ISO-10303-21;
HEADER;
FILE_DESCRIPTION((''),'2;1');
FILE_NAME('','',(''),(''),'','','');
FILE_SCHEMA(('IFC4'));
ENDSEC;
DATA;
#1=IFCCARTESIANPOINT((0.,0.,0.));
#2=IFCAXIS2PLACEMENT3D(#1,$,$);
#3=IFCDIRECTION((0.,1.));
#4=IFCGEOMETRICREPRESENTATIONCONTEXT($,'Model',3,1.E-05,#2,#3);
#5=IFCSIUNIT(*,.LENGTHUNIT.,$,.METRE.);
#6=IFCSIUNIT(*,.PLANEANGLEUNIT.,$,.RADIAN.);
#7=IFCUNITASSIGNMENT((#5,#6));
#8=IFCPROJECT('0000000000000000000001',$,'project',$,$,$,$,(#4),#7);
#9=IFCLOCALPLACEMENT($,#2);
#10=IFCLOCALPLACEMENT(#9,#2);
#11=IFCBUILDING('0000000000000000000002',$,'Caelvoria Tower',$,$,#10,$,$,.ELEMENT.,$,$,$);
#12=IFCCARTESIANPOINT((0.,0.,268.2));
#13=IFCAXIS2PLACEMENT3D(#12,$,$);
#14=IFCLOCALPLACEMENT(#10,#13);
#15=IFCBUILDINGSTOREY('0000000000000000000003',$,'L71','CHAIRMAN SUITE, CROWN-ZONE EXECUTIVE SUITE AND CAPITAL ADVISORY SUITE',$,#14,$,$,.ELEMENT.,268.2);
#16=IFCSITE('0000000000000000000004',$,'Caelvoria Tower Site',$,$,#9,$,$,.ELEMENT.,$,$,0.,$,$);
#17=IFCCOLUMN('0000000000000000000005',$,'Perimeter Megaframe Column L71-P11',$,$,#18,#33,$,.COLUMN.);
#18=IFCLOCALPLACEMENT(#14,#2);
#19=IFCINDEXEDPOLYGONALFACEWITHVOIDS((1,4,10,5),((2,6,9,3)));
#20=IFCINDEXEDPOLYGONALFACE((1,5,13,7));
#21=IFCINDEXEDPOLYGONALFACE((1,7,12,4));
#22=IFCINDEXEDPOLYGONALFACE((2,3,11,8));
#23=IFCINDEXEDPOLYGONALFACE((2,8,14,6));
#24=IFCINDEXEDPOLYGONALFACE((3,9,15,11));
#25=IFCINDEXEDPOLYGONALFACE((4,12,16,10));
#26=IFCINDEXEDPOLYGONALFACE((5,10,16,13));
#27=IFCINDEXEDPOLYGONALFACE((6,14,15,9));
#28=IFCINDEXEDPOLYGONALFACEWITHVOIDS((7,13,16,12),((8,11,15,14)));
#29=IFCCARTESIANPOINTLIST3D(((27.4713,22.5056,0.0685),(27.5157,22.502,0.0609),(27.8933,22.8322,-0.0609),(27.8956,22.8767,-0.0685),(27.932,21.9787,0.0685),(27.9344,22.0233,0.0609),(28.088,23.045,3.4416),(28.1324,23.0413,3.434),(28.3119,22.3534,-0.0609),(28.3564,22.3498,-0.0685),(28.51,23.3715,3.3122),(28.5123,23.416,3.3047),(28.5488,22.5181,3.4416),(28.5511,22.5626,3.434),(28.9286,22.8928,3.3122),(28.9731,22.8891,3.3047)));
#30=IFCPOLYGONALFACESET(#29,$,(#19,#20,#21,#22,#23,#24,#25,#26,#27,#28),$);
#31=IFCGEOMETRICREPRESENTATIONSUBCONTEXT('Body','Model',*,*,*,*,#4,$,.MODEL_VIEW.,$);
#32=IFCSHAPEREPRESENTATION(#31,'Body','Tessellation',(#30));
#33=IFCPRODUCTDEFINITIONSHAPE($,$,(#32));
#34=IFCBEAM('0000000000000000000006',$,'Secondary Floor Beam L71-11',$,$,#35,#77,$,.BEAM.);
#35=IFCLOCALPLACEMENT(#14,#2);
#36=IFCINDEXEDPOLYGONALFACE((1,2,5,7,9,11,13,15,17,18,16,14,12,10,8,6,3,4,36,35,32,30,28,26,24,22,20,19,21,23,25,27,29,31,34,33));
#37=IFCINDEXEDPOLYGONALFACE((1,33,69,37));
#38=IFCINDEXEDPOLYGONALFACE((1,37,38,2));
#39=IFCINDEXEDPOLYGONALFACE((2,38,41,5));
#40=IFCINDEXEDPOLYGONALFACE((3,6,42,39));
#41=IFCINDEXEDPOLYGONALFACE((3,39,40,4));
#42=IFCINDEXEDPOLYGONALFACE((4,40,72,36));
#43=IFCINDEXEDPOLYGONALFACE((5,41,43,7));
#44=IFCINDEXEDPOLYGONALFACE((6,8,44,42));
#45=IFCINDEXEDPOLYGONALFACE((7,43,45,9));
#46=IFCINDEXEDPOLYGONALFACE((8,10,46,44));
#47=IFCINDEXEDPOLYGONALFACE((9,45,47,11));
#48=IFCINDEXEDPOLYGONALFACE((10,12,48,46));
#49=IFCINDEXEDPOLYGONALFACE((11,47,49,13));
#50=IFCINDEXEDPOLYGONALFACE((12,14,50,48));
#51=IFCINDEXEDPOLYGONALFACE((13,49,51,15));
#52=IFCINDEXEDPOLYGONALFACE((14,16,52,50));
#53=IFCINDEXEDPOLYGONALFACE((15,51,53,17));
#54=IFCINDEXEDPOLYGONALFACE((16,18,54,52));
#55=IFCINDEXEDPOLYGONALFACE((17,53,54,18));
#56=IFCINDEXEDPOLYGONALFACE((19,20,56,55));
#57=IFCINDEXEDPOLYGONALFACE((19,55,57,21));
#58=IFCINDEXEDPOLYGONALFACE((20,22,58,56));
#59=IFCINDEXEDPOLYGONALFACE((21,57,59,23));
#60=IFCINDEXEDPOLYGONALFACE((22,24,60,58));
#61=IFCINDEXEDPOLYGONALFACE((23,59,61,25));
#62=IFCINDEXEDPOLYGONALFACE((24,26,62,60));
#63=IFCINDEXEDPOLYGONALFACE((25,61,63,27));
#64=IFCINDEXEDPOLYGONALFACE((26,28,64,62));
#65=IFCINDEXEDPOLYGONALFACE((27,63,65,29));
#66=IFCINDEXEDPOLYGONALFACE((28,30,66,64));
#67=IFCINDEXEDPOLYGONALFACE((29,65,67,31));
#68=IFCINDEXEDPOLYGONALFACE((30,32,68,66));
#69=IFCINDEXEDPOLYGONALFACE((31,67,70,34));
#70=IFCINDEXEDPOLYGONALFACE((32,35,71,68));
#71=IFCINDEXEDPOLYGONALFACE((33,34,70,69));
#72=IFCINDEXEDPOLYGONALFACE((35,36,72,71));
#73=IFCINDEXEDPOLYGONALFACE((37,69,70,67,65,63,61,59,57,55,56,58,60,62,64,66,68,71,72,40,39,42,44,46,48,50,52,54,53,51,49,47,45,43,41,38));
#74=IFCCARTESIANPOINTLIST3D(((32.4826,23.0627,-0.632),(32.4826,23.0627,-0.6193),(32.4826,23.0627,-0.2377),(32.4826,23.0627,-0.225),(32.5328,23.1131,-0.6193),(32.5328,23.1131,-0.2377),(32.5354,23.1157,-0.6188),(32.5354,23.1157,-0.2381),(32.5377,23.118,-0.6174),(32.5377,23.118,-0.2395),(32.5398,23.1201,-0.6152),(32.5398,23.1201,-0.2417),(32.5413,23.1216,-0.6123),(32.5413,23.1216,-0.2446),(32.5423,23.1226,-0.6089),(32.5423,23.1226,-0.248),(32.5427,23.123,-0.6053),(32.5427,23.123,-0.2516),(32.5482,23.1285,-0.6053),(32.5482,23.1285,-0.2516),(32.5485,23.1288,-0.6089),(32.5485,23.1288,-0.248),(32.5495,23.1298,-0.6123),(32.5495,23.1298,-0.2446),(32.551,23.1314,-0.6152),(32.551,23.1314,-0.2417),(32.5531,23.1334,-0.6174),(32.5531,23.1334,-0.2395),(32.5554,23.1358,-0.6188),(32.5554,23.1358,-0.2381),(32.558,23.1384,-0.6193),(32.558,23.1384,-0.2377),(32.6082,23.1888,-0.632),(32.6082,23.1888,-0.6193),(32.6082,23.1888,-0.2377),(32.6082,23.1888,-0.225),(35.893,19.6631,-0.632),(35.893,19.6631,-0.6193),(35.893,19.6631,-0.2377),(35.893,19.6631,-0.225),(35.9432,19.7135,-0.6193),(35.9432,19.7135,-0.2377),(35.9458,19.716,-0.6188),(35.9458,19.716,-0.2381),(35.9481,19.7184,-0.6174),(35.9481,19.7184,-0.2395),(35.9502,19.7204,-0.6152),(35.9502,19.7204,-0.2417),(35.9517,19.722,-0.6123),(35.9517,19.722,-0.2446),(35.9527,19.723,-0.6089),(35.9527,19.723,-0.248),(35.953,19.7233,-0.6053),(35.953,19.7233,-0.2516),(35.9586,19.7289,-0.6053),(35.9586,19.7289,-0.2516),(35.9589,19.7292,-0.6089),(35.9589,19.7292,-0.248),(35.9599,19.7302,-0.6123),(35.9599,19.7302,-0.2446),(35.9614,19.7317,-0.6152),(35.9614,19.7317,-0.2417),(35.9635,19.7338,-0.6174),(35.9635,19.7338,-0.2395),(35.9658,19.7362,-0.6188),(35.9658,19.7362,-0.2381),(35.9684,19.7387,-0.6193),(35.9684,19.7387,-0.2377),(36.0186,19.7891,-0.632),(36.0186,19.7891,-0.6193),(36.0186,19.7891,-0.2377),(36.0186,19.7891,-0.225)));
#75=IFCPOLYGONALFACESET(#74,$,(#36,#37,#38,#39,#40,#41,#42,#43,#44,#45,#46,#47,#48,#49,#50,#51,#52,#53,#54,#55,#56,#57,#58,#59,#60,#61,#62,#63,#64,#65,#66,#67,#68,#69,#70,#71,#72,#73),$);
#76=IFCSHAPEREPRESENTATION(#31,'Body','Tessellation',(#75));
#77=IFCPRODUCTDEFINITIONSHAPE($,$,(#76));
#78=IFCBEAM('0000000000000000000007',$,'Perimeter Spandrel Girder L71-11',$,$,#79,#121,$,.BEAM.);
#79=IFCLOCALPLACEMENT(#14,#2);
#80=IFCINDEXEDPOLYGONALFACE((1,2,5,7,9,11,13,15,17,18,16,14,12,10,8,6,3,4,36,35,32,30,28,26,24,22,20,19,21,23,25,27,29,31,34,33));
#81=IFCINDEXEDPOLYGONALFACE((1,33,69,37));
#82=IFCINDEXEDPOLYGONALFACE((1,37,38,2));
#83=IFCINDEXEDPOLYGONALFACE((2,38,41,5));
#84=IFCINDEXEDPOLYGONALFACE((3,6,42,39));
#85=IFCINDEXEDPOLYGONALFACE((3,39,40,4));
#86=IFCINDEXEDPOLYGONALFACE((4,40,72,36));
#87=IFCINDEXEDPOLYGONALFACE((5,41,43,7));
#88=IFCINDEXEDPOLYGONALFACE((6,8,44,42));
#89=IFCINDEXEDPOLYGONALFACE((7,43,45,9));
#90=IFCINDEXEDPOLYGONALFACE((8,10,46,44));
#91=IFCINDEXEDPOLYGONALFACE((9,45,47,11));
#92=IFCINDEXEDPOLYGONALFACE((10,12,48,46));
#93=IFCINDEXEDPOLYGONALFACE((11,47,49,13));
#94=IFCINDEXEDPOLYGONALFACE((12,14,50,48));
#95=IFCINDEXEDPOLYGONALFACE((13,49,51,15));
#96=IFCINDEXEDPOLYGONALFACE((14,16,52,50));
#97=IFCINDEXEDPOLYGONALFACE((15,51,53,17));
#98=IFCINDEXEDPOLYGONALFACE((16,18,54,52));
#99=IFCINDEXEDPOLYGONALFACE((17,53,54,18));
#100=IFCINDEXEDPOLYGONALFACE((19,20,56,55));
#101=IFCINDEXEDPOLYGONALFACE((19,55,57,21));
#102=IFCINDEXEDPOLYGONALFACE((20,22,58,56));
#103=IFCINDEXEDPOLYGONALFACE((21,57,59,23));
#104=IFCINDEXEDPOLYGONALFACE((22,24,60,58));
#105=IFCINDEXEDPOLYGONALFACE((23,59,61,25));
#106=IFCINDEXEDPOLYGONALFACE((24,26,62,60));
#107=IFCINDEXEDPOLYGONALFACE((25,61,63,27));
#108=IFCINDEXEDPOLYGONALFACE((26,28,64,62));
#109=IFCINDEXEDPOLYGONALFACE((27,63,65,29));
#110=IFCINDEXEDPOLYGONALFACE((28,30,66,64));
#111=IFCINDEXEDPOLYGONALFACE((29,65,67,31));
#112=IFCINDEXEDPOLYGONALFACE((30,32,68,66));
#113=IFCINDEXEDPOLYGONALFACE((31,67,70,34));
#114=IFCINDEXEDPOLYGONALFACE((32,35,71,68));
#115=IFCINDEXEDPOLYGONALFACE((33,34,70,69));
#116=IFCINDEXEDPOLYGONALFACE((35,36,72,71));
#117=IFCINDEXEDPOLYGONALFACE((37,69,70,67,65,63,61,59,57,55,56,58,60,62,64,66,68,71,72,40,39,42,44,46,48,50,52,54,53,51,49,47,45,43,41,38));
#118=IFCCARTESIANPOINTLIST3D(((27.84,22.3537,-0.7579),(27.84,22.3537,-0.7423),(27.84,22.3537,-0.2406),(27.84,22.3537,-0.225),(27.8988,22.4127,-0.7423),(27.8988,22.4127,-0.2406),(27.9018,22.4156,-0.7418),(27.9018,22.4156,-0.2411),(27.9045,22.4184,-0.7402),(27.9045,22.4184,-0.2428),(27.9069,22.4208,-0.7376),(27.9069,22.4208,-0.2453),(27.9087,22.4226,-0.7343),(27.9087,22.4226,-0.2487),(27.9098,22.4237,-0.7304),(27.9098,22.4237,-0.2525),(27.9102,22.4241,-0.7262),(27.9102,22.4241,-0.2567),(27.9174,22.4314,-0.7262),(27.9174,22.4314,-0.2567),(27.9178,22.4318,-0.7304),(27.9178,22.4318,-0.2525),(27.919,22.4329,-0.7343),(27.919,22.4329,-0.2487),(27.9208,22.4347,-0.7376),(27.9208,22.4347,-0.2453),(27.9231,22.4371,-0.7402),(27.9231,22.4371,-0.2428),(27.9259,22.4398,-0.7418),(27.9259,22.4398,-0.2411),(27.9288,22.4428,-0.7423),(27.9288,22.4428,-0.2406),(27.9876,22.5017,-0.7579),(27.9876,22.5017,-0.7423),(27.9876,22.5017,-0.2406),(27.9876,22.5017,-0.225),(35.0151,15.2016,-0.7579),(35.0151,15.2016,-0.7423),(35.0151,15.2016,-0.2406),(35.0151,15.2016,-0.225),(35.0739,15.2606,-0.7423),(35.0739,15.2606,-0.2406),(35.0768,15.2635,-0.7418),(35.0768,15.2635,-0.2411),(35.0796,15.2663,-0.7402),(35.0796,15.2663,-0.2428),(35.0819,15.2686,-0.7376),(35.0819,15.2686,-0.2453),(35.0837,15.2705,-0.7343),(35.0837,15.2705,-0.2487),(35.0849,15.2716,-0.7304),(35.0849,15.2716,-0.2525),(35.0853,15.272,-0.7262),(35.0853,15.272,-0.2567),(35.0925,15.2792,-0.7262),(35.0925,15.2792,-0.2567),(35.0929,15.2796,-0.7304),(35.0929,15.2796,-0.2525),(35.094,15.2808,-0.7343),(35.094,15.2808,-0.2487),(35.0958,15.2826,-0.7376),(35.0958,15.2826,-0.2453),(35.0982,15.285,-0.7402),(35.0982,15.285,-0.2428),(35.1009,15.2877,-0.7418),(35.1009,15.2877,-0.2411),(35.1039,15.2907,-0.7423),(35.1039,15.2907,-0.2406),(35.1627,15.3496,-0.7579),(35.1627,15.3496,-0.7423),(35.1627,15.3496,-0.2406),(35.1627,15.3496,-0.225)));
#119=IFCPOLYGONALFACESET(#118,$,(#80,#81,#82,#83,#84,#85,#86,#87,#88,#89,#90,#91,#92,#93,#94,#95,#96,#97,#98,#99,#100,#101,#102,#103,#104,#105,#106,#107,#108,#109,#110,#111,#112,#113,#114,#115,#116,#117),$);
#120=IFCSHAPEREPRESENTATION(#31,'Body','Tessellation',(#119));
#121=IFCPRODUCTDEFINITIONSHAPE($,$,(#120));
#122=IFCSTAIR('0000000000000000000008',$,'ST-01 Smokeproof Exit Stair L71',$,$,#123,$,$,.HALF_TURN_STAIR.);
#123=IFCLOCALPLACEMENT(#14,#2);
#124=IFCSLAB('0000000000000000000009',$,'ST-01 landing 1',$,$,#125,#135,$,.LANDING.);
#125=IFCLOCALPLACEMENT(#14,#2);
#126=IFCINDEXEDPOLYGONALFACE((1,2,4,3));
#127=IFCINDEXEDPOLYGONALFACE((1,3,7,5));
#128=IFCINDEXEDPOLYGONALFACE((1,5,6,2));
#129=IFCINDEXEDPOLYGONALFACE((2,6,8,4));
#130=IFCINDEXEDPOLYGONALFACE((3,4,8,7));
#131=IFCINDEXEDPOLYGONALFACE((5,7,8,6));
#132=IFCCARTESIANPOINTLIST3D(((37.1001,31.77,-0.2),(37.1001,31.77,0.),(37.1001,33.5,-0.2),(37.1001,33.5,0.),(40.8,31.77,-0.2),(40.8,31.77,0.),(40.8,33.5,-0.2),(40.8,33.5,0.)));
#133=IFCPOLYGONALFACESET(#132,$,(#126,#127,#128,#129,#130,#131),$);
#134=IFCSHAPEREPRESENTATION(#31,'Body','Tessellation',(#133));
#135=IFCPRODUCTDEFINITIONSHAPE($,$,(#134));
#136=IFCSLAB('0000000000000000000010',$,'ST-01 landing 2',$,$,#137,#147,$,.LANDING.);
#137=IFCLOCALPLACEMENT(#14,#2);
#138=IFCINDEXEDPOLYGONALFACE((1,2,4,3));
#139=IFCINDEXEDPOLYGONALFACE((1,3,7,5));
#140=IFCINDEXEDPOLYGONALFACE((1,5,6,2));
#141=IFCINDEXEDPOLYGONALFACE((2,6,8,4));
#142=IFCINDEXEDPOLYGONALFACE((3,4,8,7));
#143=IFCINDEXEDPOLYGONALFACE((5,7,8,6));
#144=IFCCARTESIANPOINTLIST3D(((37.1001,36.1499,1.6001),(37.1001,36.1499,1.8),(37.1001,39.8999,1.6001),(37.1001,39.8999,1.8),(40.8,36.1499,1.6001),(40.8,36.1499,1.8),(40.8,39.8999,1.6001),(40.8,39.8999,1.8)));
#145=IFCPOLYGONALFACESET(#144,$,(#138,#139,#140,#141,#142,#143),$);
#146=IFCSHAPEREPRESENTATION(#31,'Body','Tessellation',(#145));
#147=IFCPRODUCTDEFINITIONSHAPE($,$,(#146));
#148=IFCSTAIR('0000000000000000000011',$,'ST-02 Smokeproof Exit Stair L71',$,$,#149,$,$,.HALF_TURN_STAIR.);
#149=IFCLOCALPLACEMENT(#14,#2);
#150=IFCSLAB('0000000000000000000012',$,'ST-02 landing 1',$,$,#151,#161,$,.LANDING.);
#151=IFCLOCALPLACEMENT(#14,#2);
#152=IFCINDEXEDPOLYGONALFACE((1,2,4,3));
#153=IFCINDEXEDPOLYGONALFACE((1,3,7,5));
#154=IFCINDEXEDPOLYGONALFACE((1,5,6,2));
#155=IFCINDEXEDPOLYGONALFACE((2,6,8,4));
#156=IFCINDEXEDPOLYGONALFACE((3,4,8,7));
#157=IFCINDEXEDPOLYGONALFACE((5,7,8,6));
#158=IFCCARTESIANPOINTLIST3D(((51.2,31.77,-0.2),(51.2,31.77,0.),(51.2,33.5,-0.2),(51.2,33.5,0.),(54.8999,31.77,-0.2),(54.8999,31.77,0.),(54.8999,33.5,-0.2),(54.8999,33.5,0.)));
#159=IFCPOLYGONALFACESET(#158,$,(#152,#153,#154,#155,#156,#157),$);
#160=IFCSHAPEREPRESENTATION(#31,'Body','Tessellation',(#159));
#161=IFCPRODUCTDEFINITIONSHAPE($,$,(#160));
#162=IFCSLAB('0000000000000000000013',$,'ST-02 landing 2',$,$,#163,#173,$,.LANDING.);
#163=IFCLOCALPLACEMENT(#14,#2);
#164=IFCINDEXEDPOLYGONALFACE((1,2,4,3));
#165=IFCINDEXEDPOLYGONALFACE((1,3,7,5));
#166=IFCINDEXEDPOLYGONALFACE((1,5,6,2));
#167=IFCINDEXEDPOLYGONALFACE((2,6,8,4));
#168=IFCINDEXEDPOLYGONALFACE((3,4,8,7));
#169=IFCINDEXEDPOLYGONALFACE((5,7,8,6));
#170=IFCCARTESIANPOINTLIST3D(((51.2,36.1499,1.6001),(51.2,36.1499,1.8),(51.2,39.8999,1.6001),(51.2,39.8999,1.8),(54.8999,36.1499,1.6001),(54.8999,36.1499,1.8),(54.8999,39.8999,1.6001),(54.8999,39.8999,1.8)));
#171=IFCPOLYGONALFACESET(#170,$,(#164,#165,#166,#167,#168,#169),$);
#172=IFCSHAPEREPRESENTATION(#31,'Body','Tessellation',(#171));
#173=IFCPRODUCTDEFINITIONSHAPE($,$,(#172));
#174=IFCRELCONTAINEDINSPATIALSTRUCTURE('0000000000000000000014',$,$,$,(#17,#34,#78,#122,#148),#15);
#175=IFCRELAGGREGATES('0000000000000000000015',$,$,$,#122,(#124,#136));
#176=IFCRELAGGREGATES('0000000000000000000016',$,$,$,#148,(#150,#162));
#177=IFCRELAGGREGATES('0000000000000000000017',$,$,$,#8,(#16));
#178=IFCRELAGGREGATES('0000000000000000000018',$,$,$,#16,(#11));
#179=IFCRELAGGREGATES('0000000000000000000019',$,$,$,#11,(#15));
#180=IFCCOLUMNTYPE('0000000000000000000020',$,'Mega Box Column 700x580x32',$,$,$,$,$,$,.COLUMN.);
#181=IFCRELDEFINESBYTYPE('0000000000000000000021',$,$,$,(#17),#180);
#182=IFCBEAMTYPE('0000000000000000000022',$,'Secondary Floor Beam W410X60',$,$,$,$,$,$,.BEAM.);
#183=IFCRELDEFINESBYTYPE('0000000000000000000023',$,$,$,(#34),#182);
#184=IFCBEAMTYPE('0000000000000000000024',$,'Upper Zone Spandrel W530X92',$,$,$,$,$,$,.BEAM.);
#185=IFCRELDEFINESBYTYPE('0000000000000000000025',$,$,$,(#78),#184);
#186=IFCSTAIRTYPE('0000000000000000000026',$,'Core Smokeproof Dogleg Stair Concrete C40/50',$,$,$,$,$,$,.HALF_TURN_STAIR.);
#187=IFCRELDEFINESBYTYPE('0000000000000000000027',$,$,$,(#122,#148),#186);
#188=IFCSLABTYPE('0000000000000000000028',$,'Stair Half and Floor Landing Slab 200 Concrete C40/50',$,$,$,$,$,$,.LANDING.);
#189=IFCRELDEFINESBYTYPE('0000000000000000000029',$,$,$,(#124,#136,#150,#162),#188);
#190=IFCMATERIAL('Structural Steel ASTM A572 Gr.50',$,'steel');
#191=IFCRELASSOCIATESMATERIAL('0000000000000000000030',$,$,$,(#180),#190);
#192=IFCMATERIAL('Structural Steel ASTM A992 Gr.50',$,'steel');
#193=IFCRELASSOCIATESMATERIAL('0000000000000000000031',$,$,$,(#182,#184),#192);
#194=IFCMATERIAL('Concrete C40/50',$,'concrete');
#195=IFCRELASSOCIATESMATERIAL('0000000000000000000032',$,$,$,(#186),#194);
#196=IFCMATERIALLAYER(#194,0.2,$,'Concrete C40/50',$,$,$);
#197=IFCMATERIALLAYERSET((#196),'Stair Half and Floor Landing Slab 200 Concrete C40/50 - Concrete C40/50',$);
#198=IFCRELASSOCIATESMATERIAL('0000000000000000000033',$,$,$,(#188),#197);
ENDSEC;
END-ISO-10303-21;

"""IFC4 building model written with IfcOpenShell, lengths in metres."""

from ifc_helpers import new_model, si_unit, direction, frame, origin, origin_2d, place, context, subcontext, project, spatial, polyline, hollow_rectangle, i_section, outline, extrude, material, layer, layer_set, material_profile, profile_set, type_object, element, aggregate, save


model = new_model("IFC4")

# Units and contexts
model_context = context("Model", 3, precision=1e-05, world=origin(), true_north=direction((0.0, 1.0)))
body_context = subcontext(model_context, "Body", "Model", "MODEL_VIEW")
ifc_project = project(units=[si_unit("LENGTHUNIT", "METRE"), si_unit("PLANEANGLEUNIT", "RADIAN")], contexts=[model_context])

# Site, building, storey
site_placement = place(None, origin())
site = spatial("IfcSite", under=ifc_project, at=site_placement, Name="Caelvoria Tower Site", CompositionType="ELEMENT", RefElevation=0.0)
building_placement = place(site_placement, origin())
building = spatial("IfcBuilding", under=site, at=building_placement, Name="Caelvoria Tower", CompositionType="ELEMENT")
storey_placement = place(building_placement, frame((0.0, 0.0, 268.2)))
storey = spatial("IfcBuildingStorey", under=building, at=storey_placement, Name="L71", Description="CHAIRMAN SUITE, CROWN-ZONE EXECUTIVE SUITE AND CAPITAL ADVISORY SUITE", CompositionType="ELEMENT", Elevation=268.2)

# Column
ifc_material_1 = material(Name="Structural Steel ASTM A572 Gr.50", Category="steel")
ifc_material_profile_1 = material_profile(ifc_material_1, hollow_rectangle(XDim=0.5801, YDim=0.7, WallThickness=0.032, at=origin_2d()), Name="Structural Steel ASTM A572 Gr.50")
ifc_profile_set_1 = profile_set([ifc_material_profile_1], Name="BOX700X580X32 - Structural Steel ASTM A572 Gr.50")
column_type = type_object("IfcColumnType", Name="Mega Box Column 700x580x32", PredefinedType="COLUMN", material=ifc_profile_set_1)
column_placement = place(storey_placement, frame((27.9138, 22.4277, 0.0), z_axis=(0.177666, 0.15537, 0.971748), x_axis=(-0.731495, -0.639696, 0.236019)))
element("IfcColumn", 1, at=column_placement, inside=storey, type_object=column_type, Name="Perimeter Megaframe Column L71-P11", PredefinedType="COLUMN", context=body_context, shape_type="SweptSolid", body=[
    extrude(hollow_rectangle(XDim=0.5801, YDim=0.7, WallThickness=0.032, at=origin_2d()), origin(), (0.0, 0.0, 1.0), 3.4712),
])

# Beams
ifc_material_2 = material(Name="Structural Steel ASTM A992 Gr.50", Category="steel")
ifc_material_profile_2 = material_profile(ifc_material_2, i_section(OverallWidth=0.178, OverallDepth=0.407, WebThickness=0.0078, FlangeThickness=0.0127, FilletRadius=0.0139, at=origin_2d()), Name="Structural Steel ASTM A992 Gr.50")
ifc_profile_set_2 = profile_set([ifc_material_profile_2], Name="W410X60 - Structural Steel ASTM A992 Gr.50")
beam_type_1 = type_object("IfcBeamType", Name="Secondary Floor Beam W410X60", PredefinedType="BEAM", material=ifc_profile_set_2)
beam_1_placement = place(storey_placement, frame((32.5454, 23.1257, -0.4285), z_axis=(0.708221, -0.705991, 0.0), x_axis=(0.705991, 0.708221, 0.0)))
element("IfcBeam", 2, at=beam_1_placement, inside=storey, type_object=beam_type_1, Name="Secondary Floor Beam L71-11", PredefinedType="BEAM", context=body_context, shape_type="SweptSolid", body=[
    extrude(i_section(OverallWidth=0.178, OverallDepth=0.407, WebThickness=0.0078, FlangeThickness=0.0127, FilletRadius=0.0139, at=origin_2d()), origin(), (0.0, 0.0, 1.0), 4.8154),
])
ifc_material_profile_3 = material_profile(ifc_material_2, i_section(OverallWidth=0.209, OverallDepth=0.533, WebThickness=0.0103, FlangeThickness=0.0156, FilletRadius=0.0161, at=origin_2d()), Name="Structural Steel ASTM A992 Gr.50")
ifc_profile_set_3 = profile_set([ifc_material_profile_3], Name="W530X92 - Structural Steel ASTM A992 Gr.50")
beam_type_2 = type_object("IfcBeamType", Name="Upper Zone Spandrel W530X92", PredefinedType="BEAM", material=ifc_profile_set_3)
beam_2_placement = place(storey_placement, frame((27.9138, 22.4277, -0.4915), z_axis=(0.708239, -0.705973, 0.0), x_axis=(0.705973, 0.708239, 0.0)))
element("IfcBeam", 3, at=beam_2_placement, inside=storey, type_object=beam_type_2, Name="Perimeter Spandrel Girder L71-11", PredefinedType="BEAM", context=body_context, shape_type="SweptSolid", body=[
    extrude(i_section(OverallWidth=0.209, OverallDepth=0.533, WebThickness=0.0103, FlangeThickness=0.0156, FilletRadius=0.0161, at=origin_2d()), origin(), (0.0, 0.0, 1.0), 10.1309),
])

# Stairs, slabs
ifc_material_3 = material(Name="Concrete C40/50", Category="concrete")
stair_type = type_object("IfcStairType", Name="Core Smokeproof Dogleg Stair Concrete C40/50", PredefinedType="HALF_TURN_STAIR", material=ifc_material_3)
stair_1_placement = place(storey_placement, origin())
stair_1 = element("IfcStair", 4, at=stair_1_placement, inside=storey, type_object=stair_type, Name="ST-01 Smokeproof Exit Stair L71", PredefinedType="HALF_TURN_STAIR")
ifc_layer_1 = layer(ifc_material_3, 0.2, Name="Concrete C40/50")
ifc_layer_set_1 = layer_set([ifc_layer_1], Name="Stair Half and Floor Landing Slab 200 Concrete C40/50 - Concrete C40/50")
slab_type_1 = type_object("IfcSlabType", Name="Stair Half and Floor Landing Slab 200 Concrete C40/50", PredefinedType="LANDING", material=ifc_layer_set_1)
slab_1_placement = place(storey_placement, frame((0.0, 0.0, -0.2)))
slab_1 = element("IfcSlab", 5, at=slab_1_placement, type_object=slab_type_1, Name="ST-01 landing 1", PredefinedType="LANDING", context=body_context, shape_type="SweptSolid", body=[
    extrude(outline(polyline([(37.1001, 31.77), (40.8, 31.77), (40.8, 33.5), (37.1001, 33.5), (37.1001, 31.77)])), origin(), (0.0, 0.0, 1.0), 0.2),
])
slab_2_placement = place(storey_placement, frame((0.0, 0.0, 1.6001)))
slab_2 = element("IfcSlab", 6, at=slab_2_placement, type_object=slab_type_1, Name="ST-01 landing 2", PredefinedType="LANDING", context=body_context, shape_type="SweptSolid", body=[
    extrude(outline(polyline([(37.1001, 36.1499), (40.8, 36.1499), (40.8, 39.8999), (37.1001, 39.8999), (37.1001, 36.1499)])), origin(), (0.0, 0.0, 1.0), 0.2),
])
aggregate(stair_1, [slab_1, slab_2])
stair_2_placement = place(storey_placement, origin())
stair_2 = element("IfcStair", 7, at=stair_2_placement, inside=storey, type_object=stair_type, Name="ST-02 Smokeproof Exit Stair L71", PredefinedType="HALF_TURN_STAIR")
slab_3_placement = place(storey_placement, frame((0.0, 0.0, -0.2)))
slab_3 = element("IfcSlab", 8, at=slab_3_placement, type_object=slab_type_1, Name="ST-02 landing 1", PredefinedType="LANDING", context=body_context, shape_type="SweptSolid", body=[
    extrude(outline(polyline([(51.2, 31.77), (54.8999, 31.77), (54.8999, 33.5), (51.2, 33.5), (51.2, 31.77)])), origin(), (0.0, 0.0, 1.0), 0.2),
])
slab_4_placement = place(storey_placement, frame((0.0, 0.0, 1.6001)))
slab_4 = element("IfcSlab", 9, at=slab_4_placement, type_object=slab_type_1, Name="ST-02 landing 2", PredefinedType="LANDING", context=body_context, shape_type="SweptSolid", body=[
    extrude(outline(polyline([(51.2, 36.1499), (54.8999, 36.1499), (54.8999, 39.8999), (51.2, 39.8999), (51.2, 36.1499)])), origin(), (0.0, 0.0, 1.0), 0.2),
])
aggregate(stair_2, [slab_3, slab_4])

save(model, "model.ifc")
